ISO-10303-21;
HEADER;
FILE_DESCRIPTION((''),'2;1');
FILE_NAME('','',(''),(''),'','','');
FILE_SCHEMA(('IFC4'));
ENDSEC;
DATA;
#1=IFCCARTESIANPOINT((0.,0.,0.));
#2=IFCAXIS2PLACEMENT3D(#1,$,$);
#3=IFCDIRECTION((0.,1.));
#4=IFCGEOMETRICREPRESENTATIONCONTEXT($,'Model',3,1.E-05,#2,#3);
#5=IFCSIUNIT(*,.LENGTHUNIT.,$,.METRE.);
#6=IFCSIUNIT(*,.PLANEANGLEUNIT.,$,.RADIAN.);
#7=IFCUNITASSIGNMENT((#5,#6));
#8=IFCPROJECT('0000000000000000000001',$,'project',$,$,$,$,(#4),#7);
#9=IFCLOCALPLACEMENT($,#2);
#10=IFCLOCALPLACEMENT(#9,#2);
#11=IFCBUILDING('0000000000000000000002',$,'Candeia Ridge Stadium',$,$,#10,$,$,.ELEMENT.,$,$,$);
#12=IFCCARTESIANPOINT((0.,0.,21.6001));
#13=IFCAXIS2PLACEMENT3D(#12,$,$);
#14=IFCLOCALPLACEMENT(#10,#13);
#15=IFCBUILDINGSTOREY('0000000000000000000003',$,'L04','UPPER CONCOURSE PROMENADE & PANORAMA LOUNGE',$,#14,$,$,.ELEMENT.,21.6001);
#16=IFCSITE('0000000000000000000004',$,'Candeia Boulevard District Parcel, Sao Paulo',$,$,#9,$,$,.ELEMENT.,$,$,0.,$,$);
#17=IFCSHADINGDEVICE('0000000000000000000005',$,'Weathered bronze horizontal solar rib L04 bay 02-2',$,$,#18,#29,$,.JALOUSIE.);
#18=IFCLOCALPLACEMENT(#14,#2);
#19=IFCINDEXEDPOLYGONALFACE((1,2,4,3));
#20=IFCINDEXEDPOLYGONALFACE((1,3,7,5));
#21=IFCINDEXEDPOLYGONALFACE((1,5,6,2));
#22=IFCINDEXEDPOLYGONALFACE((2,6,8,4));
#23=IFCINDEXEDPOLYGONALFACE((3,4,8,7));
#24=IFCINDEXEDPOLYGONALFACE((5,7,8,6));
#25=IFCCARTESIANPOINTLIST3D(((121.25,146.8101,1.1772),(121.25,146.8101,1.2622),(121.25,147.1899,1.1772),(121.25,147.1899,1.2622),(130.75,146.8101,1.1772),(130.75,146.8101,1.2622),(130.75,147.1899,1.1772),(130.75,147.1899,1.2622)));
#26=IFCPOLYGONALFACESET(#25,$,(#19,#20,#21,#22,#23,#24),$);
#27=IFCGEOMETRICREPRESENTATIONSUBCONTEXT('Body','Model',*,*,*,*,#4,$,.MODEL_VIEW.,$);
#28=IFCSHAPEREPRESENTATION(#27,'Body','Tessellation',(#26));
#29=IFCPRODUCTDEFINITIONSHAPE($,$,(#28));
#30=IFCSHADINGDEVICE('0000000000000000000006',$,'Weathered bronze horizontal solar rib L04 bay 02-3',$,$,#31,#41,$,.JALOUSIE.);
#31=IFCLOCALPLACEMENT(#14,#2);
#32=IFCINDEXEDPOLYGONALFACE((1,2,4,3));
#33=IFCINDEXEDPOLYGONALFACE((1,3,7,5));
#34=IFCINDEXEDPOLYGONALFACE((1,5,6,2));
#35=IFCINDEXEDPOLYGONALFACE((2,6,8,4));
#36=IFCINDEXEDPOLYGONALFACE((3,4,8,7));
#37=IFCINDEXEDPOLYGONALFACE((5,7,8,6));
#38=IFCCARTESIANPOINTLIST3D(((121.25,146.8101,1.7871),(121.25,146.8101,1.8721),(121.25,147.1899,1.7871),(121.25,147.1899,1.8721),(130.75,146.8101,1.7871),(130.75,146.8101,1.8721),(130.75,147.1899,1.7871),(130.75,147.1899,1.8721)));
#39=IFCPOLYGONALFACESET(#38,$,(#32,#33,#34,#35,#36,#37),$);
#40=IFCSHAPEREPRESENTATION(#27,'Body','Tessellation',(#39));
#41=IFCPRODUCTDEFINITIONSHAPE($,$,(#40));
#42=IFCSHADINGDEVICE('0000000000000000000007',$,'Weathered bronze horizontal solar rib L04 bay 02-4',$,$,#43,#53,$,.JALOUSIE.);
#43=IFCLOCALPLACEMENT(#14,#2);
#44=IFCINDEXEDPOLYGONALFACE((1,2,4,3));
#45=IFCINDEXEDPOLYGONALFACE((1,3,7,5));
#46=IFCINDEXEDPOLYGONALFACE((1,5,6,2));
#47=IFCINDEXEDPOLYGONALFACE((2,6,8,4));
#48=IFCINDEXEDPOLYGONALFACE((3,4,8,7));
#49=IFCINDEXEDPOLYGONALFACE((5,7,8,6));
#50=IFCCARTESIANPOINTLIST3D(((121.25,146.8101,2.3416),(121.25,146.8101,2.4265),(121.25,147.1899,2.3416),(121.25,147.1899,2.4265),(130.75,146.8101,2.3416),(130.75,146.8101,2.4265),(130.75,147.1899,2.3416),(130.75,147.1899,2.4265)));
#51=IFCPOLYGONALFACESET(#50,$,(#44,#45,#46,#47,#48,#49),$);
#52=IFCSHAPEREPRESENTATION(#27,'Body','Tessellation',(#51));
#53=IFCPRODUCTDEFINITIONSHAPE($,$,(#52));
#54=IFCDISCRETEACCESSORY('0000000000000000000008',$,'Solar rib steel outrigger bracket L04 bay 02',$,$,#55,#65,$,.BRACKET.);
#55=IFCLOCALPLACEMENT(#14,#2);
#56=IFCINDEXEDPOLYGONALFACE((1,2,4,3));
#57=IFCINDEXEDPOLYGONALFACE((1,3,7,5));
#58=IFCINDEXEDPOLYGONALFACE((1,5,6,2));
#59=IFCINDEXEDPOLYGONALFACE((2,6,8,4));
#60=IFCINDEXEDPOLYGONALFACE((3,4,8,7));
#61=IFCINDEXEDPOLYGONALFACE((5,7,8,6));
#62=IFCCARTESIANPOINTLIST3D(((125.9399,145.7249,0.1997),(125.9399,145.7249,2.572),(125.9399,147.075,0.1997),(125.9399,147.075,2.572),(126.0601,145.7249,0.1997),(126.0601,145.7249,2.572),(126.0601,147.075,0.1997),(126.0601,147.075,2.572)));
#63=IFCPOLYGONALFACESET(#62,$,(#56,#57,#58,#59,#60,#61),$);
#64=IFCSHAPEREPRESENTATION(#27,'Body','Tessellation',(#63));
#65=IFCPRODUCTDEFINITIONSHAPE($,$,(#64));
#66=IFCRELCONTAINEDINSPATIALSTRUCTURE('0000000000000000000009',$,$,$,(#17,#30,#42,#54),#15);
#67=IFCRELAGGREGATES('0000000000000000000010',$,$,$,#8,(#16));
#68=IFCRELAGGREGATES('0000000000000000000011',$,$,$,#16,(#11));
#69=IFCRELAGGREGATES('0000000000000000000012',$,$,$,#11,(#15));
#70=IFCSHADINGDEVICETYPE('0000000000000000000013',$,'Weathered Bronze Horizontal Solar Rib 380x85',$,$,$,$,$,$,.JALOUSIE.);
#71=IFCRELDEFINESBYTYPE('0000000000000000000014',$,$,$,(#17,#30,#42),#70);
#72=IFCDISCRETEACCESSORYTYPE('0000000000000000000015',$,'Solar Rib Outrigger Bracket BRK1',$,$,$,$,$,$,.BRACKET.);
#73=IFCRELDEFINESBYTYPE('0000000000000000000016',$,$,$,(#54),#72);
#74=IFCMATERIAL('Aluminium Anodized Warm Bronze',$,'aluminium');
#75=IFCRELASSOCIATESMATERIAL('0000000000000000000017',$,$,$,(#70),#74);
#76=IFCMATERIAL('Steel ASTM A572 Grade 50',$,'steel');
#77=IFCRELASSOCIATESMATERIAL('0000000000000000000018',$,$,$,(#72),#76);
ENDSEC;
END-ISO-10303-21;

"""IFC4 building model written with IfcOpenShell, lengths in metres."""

from ifc_helpers import new_model, si_unit, direction, frame, origin, origin_2d, place, context, subcontext, project, spatial, rectangle, extrude, material, type_object, element, save


model = new_model("IFC4")

# Units and contexts
model_context = context("Model", 3, precision=1e-05, world=origin(), true_north=direction((0.0, 1.0)))
body_context = subcontext(model_context, "Body", "Model", "MODEL_VIEW")
ifc_project = project(units=[si_unit("LENGTHUNIT", "METRE"), si_unit("PLANEANGLEUNIT", "RADIAN")], contexts=[model_context])

# Site, building, storey
site_placement = place(None, origin())
site = spatial("IfcSite", under=ifc_project, at=site_placement, Name="Candeia Boulevard District Parcel, Sao Paulo", CompositionType="ELEMENT", RefElevation=0.0)
building_placement = place(site_placement, origin())
building = spatial("IfcBuilding", under=site, at=building_placement, Name="Candeia Ridge Stadium", CompositionType="ELEMENT")
storey_placement = place(building_placement, frame((0.0, 0.0, 21.6001)))
storey = spatial("IfcBuildingStorey", under=building, at=storey_placement, Name="L04", Description="UPPER CONCOURSE PROMENADE & PANORAMA LOUNGE", CompositionType="ELEMENT", Elevation=21.6001)

# Shared definitions
ifc_material_1 = material(Name="Aluminium Anodized Warm Bronze", Category="aluminium")

# Shading devices
shading_device_type = type_object("IfcShadingDeviceType", Name="Weathered Bronze Horizontal Solar Rib 380x85", PredefinedType="JALOUSIE", material=ifc_material_1)
for number, where, z_axis, x_axis, name in (
    (1, (126.0, 147.0, 1.1772), (0.0, 0.0, 1.0), (-1.0, 0.0, 0.0), "Weathered bronze horizontal solar rib L04 bay 02-2"),
    (2, (126.0, 147.0, 1.7871), (0.0, 0.0, 1.0), (-1.0, 0.0, 0.0), "Weathered bronze horizontal solar rib L04 bay 02-3"),
    (3, (126.0, 147.0, 2.3416), (0.0, 0.0, 1.0), (-1.0, 0.0, 0.0), "Weathered bronze horizontal solar rib L04 bay 02-4"),
):
    element("IfcShadingDevice", number, at=place(storey_placement, frame(where, z_axis=z_axis, x_axis=x_axis)), inside=storey, type_object=shading_device_type, Name=name, PredefinedType="JALOUSIE", context=body_context, shape_type="SweptSolid", body=[
        extrude(rectangle(XDim=9.5, YDim=0.3799, at=origin_2d()), origin(), (0.0, 0.0, 1.0), 0.085),
    ])

# Discrete accessory
ifc_material_2 = material(Name="Steel ASTM A572 Grade 50", Category="steel")
discrete_accessory_type = type_object("IfcDiscreteAccessoryType", Name="Solar Rib Outrigger Bracket BRK1", PredefinedType="BRACKET", material=ifc_material_2)
discrete_accessory_placement = place(storey_placement, frame((126.0, 146.3999, 0.1997), z_axis=(0.0, 0.0, 1.0), x_axis=(0.0, 1.0, 0.0)))
element("IfcDiscreteAccessory", 4, at=discrete_accessory_placement, inside=storey, type_object=discrete_accessory_type, Name="Solar rib steel outrigger bracket L04 bay 02", PredefinedType="BRACKET", context=body_context, shape_type="SweptSolid", body=[
    extrude(rectangle(XDim=1.3501, YDim=0.1201, at=origin_2d()), origin(), (0.0, 0.0, 1.0), 2.3723),
])

save(model, "model.ifc")
